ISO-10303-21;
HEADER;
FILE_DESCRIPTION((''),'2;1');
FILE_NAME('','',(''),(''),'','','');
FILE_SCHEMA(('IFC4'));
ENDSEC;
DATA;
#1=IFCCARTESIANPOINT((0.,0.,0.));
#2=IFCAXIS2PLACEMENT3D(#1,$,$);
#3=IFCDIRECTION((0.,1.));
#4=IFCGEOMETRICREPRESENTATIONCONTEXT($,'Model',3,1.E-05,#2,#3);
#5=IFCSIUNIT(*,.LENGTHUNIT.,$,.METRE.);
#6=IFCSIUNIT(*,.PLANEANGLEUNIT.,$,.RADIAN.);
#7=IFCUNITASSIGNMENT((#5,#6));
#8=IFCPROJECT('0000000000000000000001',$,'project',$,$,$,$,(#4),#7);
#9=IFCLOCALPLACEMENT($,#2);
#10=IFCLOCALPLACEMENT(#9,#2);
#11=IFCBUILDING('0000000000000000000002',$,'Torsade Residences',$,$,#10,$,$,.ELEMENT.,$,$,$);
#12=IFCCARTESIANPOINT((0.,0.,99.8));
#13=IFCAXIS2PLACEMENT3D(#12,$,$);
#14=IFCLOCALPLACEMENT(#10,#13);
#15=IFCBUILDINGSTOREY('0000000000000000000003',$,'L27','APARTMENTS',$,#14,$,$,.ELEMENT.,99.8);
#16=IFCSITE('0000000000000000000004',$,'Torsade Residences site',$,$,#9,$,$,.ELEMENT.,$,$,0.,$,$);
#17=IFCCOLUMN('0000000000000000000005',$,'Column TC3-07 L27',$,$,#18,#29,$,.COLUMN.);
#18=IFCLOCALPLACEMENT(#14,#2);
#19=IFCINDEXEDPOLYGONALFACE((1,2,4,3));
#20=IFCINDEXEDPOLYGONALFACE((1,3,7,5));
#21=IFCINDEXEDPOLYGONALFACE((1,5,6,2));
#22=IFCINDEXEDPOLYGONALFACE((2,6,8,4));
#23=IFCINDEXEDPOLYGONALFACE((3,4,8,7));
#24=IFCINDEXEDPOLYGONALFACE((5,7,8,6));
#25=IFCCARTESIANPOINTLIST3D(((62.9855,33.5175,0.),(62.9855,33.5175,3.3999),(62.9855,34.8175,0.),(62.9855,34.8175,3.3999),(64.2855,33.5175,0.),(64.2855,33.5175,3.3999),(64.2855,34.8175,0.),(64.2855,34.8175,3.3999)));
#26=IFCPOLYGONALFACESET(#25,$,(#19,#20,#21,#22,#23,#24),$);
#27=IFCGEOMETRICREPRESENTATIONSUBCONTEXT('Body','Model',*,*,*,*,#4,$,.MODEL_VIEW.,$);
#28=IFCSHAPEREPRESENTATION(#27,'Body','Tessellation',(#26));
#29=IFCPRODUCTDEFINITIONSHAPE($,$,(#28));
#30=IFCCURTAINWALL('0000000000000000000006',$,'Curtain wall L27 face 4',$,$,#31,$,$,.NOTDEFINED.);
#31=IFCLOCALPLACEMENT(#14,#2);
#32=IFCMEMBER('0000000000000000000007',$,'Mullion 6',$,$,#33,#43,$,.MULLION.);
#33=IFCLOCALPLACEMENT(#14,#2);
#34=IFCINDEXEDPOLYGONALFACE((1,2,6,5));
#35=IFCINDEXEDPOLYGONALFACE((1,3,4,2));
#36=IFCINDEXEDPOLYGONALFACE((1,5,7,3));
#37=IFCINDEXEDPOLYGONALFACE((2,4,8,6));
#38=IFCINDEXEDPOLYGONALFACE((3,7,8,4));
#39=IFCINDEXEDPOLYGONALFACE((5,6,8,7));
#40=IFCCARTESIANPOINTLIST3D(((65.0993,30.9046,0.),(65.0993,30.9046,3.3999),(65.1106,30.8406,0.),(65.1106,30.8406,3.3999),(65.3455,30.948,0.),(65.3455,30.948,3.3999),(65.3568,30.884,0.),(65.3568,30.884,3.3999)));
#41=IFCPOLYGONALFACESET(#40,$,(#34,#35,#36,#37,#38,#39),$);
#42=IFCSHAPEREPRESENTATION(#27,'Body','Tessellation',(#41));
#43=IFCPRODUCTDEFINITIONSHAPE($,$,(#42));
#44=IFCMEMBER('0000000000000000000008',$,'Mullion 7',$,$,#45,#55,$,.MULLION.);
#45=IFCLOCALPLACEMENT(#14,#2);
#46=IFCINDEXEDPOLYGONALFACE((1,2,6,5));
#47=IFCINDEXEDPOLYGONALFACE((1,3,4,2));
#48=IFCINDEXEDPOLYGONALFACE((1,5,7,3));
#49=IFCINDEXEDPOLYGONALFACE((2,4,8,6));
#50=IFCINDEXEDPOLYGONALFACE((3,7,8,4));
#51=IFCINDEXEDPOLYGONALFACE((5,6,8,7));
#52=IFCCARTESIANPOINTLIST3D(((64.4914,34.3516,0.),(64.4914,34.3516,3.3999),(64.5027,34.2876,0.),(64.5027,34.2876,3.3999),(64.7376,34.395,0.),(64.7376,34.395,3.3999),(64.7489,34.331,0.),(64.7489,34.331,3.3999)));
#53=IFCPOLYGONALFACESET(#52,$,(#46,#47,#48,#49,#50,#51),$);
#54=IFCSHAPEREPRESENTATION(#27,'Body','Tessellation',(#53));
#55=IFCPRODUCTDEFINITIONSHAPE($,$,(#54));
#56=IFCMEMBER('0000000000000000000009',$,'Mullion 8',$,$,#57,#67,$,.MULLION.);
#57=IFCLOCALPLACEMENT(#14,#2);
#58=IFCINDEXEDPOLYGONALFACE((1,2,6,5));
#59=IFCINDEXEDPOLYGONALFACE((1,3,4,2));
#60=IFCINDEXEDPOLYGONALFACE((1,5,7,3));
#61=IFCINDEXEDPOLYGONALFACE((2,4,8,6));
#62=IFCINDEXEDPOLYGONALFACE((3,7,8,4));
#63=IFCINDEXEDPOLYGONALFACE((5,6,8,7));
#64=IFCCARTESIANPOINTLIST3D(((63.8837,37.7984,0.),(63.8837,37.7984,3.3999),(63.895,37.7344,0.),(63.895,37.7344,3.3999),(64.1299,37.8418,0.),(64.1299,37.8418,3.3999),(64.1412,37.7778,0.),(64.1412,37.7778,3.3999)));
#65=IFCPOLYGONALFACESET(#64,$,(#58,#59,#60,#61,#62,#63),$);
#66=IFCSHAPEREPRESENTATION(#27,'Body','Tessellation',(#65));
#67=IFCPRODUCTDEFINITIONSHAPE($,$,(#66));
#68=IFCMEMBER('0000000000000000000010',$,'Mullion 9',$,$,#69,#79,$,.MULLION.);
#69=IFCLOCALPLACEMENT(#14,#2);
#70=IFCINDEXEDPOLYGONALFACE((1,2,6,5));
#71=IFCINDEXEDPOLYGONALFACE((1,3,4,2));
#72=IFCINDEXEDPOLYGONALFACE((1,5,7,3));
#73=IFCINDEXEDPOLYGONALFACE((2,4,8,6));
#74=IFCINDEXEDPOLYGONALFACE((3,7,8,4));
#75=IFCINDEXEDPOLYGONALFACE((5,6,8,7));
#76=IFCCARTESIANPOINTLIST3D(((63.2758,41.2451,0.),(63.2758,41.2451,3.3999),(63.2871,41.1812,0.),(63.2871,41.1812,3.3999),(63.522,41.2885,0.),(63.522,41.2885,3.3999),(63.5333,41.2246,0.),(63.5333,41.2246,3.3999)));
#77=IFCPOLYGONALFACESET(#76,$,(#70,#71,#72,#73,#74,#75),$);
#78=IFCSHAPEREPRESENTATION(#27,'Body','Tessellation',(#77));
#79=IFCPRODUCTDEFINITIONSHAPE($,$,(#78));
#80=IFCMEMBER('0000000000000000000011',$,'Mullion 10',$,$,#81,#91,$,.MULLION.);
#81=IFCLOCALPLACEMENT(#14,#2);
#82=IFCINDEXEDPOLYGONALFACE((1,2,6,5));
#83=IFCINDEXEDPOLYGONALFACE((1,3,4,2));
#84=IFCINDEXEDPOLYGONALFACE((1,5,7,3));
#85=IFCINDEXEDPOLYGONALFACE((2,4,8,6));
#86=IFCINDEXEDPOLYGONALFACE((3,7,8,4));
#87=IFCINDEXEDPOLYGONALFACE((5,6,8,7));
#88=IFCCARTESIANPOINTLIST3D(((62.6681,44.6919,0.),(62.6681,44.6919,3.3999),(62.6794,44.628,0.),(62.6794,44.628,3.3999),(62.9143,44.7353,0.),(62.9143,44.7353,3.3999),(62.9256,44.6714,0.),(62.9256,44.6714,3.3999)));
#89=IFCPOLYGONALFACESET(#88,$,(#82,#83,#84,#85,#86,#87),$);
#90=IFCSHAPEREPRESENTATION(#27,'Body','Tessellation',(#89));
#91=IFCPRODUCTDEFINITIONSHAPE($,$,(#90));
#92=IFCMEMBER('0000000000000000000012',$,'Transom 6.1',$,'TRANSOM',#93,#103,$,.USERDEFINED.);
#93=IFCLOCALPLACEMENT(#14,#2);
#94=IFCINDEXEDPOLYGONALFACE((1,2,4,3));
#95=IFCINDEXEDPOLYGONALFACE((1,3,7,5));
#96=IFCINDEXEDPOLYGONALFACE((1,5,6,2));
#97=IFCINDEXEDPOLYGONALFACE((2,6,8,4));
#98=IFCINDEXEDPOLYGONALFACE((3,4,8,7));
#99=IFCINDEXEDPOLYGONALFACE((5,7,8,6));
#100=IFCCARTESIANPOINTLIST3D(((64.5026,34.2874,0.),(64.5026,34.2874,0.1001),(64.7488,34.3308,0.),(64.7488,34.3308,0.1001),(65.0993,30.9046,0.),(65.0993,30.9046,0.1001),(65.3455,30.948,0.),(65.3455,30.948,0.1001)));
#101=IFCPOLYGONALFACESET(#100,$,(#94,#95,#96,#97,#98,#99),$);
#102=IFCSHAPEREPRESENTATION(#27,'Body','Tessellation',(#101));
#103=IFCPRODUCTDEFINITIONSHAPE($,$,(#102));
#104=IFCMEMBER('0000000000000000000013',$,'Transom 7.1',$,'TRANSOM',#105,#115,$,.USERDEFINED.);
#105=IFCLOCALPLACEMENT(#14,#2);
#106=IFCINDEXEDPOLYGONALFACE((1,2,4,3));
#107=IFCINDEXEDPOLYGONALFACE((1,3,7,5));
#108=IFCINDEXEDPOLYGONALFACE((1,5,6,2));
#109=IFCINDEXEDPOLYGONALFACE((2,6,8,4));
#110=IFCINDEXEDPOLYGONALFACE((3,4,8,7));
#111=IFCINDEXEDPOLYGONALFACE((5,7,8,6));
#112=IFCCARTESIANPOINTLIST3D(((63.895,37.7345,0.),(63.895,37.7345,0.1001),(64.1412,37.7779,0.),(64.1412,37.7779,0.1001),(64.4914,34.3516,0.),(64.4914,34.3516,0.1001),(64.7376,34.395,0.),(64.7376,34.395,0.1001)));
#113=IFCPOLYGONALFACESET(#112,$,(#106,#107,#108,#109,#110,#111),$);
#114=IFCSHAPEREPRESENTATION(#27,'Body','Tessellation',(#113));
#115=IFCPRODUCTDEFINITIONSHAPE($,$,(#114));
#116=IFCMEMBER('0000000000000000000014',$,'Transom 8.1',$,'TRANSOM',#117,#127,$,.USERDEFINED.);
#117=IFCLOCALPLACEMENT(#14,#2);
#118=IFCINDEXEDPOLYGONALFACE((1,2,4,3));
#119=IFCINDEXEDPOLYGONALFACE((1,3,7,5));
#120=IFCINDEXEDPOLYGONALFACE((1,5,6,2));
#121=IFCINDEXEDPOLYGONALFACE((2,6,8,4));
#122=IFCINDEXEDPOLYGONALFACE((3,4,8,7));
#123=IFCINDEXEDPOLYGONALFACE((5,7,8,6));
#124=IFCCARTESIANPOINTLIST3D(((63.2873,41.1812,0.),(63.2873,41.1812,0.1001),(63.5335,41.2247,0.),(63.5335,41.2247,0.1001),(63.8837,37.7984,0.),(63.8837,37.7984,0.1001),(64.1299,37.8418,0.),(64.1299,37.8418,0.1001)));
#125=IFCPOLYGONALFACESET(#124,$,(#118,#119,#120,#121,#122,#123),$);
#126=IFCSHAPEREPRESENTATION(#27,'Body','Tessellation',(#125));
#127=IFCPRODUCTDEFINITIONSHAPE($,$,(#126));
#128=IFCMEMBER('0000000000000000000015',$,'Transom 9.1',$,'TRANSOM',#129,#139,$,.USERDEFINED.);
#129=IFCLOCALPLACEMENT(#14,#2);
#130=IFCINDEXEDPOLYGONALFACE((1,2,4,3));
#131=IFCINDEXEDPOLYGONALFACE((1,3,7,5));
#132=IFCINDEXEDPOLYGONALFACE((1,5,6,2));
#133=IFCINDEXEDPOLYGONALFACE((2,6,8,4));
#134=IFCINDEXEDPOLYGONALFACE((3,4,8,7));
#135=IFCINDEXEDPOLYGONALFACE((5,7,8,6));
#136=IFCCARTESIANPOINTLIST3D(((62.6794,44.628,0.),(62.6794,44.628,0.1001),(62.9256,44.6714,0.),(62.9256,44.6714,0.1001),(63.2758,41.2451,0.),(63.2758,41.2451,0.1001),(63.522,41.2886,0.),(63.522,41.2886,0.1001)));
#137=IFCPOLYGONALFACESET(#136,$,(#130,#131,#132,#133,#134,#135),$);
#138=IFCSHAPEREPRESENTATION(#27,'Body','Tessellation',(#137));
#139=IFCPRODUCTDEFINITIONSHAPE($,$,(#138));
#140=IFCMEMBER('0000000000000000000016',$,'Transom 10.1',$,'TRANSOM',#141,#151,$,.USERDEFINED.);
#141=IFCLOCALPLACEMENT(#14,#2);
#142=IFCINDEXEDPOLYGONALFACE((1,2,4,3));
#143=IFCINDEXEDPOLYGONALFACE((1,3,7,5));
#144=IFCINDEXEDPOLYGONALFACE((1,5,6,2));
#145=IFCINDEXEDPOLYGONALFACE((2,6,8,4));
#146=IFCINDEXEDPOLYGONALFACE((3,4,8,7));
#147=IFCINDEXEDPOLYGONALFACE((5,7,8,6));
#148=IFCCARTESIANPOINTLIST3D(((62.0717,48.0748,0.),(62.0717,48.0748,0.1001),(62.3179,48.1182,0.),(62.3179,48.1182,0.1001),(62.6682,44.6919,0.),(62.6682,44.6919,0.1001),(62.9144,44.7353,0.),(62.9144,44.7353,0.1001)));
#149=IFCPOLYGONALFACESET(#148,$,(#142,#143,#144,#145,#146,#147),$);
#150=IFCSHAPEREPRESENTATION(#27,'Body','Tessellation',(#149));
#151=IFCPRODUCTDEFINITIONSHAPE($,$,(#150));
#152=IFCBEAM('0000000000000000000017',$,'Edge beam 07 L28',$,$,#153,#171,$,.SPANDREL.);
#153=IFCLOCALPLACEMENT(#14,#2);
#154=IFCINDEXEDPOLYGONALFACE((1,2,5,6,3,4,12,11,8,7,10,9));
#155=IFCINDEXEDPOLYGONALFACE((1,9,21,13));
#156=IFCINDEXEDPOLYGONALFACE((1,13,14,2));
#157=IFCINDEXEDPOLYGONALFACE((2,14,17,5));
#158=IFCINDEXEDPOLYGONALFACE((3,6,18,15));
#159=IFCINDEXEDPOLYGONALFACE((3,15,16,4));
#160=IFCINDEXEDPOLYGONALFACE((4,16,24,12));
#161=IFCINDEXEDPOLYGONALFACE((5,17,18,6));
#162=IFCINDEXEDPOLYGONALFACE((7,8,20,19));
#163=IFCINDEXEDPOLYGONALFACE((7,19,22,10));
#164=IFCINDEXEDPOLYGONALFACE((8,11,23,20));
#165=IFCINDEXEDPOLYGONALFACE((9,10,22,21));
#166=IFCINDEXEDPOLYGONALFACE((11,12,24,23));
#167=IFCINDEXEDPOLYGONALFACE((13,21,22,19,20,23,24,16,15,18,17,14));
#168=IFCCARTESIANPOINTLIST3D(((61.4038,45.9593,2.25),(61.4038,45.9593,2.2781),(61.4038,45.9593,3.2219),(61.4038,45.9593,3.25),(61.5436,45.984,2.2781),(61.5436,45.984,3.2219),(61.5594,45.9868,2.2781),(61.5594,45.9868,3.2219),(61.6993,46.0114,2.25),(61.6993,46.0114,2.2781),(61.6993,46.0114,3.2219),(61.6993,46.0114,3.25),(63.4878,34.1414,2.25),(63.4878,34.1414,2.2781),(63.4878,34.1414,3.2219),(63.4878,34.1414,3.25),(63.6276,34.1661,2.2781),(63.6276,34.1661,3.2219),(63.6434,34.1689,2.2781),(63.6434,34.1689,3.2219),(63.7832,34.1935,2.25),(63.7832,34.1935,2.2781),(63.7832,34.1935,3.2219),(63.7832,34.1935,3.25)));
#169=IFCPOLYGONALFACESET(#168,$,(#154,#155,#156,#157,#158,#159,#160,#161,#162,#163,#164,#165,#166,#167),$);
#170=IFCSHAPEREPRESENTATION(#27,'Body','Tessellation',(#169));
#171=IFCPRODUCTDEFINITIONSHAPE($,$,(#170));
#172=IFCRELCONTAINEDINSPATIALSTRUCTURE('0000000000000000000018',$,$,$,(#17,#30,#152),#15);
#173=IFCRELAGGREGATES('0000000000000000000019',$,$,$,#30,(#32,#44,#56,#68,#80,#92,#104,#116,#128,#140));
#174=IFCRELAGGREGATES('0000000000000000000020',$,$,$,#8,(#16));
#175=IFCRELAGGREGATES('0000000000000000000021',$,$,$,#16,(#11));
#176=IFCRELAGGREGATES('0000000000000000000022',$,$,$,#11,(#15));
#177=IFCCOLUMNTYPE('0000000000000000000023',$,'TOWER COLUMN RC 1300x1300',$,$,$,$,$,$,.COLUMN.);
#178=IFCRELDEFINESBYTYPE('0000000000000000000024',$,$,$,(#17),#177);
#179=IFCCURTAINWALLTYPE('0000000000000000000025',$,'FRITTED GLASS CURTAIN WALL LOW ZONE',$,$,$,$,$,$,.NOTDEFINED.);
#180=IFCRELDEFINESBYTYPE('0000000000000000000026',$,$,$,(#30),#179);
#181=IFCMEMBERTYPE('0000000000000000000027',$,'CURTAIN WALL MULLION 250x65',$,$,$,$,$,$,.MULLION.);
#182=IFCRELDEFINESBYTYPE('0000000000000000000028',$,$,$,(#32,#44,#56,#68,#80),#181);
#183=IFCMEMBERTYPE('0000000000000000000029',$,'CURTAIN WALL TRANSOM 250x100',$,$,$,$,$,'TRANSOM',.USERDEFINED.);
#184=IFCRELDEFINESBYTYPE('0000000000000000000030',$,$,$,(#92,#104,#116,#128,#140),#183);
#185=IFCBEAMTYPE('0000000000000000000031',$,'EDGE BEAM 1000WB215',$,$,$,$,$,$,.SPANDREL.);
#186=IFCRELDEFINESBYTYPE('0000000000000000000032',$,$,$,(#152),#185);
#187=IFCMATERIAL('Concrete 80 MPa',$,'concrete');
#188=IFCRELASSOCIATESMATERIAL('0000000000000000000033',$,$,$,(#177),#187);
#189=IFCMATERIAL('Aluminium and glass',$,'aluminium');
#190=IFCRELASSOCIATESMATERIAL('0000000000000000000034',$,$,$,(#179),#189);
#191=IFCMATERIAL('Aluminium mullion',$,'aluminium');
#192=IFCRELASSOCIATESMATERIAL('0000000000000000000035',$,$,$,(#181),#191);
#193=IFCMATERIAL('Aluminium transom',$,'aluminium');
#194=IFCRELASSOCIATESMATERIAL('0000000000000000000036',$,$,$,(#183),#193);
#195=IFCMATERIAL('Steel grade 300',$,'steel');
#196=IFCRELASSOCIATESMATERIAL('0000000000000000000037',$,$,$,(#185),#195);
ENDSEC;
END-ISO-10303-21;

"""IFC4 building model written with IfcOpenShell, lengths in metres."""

from ifc_helpers import new_model, si_unit, direction, frame, origin, origin_2d, place, context, subcontext, project, spatial, rectangle, i_section, extrude, material, material_profile, profile_set, type_object, element, aggregate, save


model = new_model("IFC4")

# Units and contexts
model_context = context("Model", 3, precision=1e-05, world=origin(), true_north=direction((0.0, 1.0)))
body_context = subcontext(model_context, "Body", "Model", "MODEL_VIEW")
ifc_project = project(units=[si_unit("LENGTHUNIT", "METRE"), si_unit("PLANEANGLEUNIT", "RADIAN")], contexts=[model_context])

# Site, building, storey
site_placement = place(None, origin())
site = spatial("IfcSite", under=ifc_project, at=site_placement, Name="Torsade Residences site", CompositionType="ELEMENT", RefElevation=0.0)
building_placement = place(site_placement, origin())
building = spatial("IfcBuilding", under=site, at=building_placement, Name="Torsade Residences", CompositionType="ELEMENT")
storey_placement = place(building_placement, frame((0.0, 0.0, 99.8)))
storey = spatial("IfcBuildingStorey", under=building, at=storey_placement, Name="L27", Description="APARTMENTS", CompositionType="ELEMENT", Elevation=99.8)

# Column
ifc_material_1 = material(Name="Concrete 80 MPa", Category="concrete")
ifc_material_profile_1 = material_profile(ifc_material_1, rectangle(XDim=1.3, YDim=1.3, at=origin_2d()), Name="RC 1300x1300")
ifc_profile_set_1 = profile_set([ifc_material_profile_1], Name="Concrete 80 MPa")
column_type = type_object("IfcColumnType", Name="TOWER COLUMN RC 1300x1300", PredefinedType="COLUMN", material=ifc_profile_set_1)
column_placement = place(storey_placement, frame((63.6355, 34.1675, 0.0), z_axis=(0.0, 0.0, 1.0), x_axis=(1.0, 0.0, 0.0)))
element("IfcColumn", 1, at=column_placement, inside=storey, type_object=column_type, Name="Column TC3-07 L27", PredefinedType="COLUMN", context=body_context, shape_type="SweptSolid", body=[
    extrude(rectangle(XDim=1.3, YDim=1.3, at=origin_2d()), origin(), (0.0, 0.0, 1.0), 3.3999),
])

# Curtain wall, members
ifc_material_2 = material(Name="Aluminium and glass", Category="aluminium")
curtain_wall_type = type_object("IfcCurtainWallType", Name="FRITTED GLASS CURTAIN WALL LOW ZONE", PredefinedType="NOTDEFINED", material=ifc_material_2)
curtain_wall_placement = place(storey_placement, origin())
curtain_wall = element("IfcCurtainWall", 2, at=curtain_wall_placement, inside=storey, type_object=curtain_wall_type, Name="Curtain wall L27 face 4", PredefinedType="NOTDEFINED")
ifc_material_3 = material(Name="Aluminium mullion", Category="aluminium")
ifc_material_profile_2 = material_profile(ifc_material_3, rectangle(XDim=0.25, YDim=0.0649, at=origin_2d()), Name="CURTAIN WALL MULLION 250x65")
ifc_profile_set_2 = profile_set([ifc_material_profile_2], Name="Aluminium mullion")
member_type_1 = type_object("IfcMemberType", Name="CURTAIN WALL MULLION 250x65", PredefinedType="MULLION", material=ifc_profile_set_2)
member_1_placement = place(storey_placement, frame((65.228, 30.8943, 0.0), z_axis=(0.0, 0.0, 1.0), x_axis=(-0.984808, -0.173648, 0.0)))
member_1 = element("IfcMember", 3, at=member_1_placement, type_object=member_type_1, Name="Mullion 6", PredefinedType="MULLION", context=body_context, shape_type="SweptSolid", body=[
    extrude(rectangle(XDim=0.25, YDim=0.0649, at=origin_2d()), origin(), (0.0, 0.0, 1.0), 3.3999),
])
member_2_placement = place(storey_placement, frame((64.6201, 34.3413, 0.0), z_axis=(0.0, 0.0, 1.0), x_axis=(-0.984808, -0.173648, 0.0)))
member_2 = element("IfcMember", 4, at=member_2_placement, type_object=member_type_1, Name="Mullion 7", PredefinedType="MULLION", context=body_context, shape_type="SweptSolid", body=[
    extrude(rectangle(XDim=0.25, YDim=0.0649, at=origin_2d()), origin(), (0.0, 0.0, 1.0), 3.3999),
])
member_3_placement = place(storey_placement, frame((64.0125, 37.7881, 0.0), z_axis=(0.0, 0.0, 1.0), x_axis=(-0.984808, -0.173648, 0.0)))
member_3 = element("IfcMember", 5, at=member_3_placement, type_object=member_type_1, Name="Mullion 8", PredefinedType="MULLION", context=body_context, shape_type="SweptSolid", body=[
    extrude(rectangle(XDim=0.25, YDim=0.0649, at=origin_2d()), origin(), (0.0, 0.0, 1.0), 3.3999),
])
member_4_placement = place(storey_placement, frame((63.4045, 41.2349, 0.0), z_axis=(0.0, 0.0, 1.0), x_axis=(-0.984808, -0.173648, 0.0)))
member_4 = element("IfcMember", 6, at=member_4_placement, type_object=member_type_1, Name="Mullion 9", PredefinedType="MULLION", context=body_context, shape_type="SweptSolid", body=[
    extrude(rectangle(XDim=0.25, YDim=0.0649, at=origin_2d()), origin(), (0.0, 0.0, 1.0), 3.3999),
])
member_5_placement = place(storey_placement, frame((62.7969, 44.6816, 0.0), z_axis=(0.0, 0.0, 1.0), x_axis=(-0.984808, -0.173648, 0.0)))
member_5 = element("IfcMember", 7, at=member_5_placement, type_object=member_type_1, Name="Mullion 10", PredefinedType="MULLION", context=body_context, shape_type="SweptSolid", body=[
    extrude(rectangle(XDim=0.25, YDim=0.0649, at=origin_2d()), origin(), (0.0, 0.0, 1.0), 3.3999),
])
ifc_material_4 = material(Name="Aluminium transom", Category="aluminium")
ifc_material_profile_3 = material_profile(ifc_material_4, rectangle(XDim=0.25, YDim=0.1001, at=origin_2d()), Name="CURTAIN WALL TRANSOM 250x100")
ifc_profile_set_3 = profile_set([ifc_material_profile_3], Name="Aluminium transom")
member_type_2 = type_object("IfcMemberType", Name="CURTAIN WALL TRANSOM 250x100", ElementType="TRANSOM", PredefinedType="USERDEFINED", material=ifc_profile_set_3)
member_6_placement = place(storey_placement, frame((65.2224, 30.9263, 0.05), z_axis=(-0.173704, 0.984798, 0.0), x_axis=(-0.984798, -0.173704, 0.0)))
member_6 = element("IfcMember", 8, at=member_6_placement, type_object=member_type_2, Name="Transom 6.1", ObjectType="TRANSOM", PredefinedType="USERDEFINED", context=body_context, shape_type="SweptSolid", body=[
    extrude(rectangle(XDim=0.25, YDim=0.1001, at=origin_2d()), origin(), (0.0, 0.0, 1.0), 3.4351),
])
member_7_placement = place(storey_placement, frame((64.6145, 34.3733, 0.05), z_axis=(-0.173635, 0.98481, 0.0), x_axis=(-0.98481, -0.173635, 0.0)))
member_7 = element("IfcMember", 9, at=member_7_placement, type_object=member_type_2, Name="Transom 7.1", ObjectType="TRANSOM", PredefinedType="USERDEFINED", context=body_context, shape_type="SweptSolid", body=[
    extrude(rectangle(XDim=0.25, YDim=0.1001, at=origin_2d()), origin(), (0.0, 0.0, 1.0), 3.4351),
])
member_8_placement = place(storey_placement, frame((64.0068, 37.8201, 0.05), z_axis=(-0.173635, 0.98481, 0.0), x_axis=(-0.98481, -0.173635, 0.0)))
member_8 = element("IfcMember", 10, at=member_8_placement, type_object=member_type_2, Name="Transom 8.1", ObjectType="TRANSOM", PredefinedType="USERDEFINED", context=body_context, shape_type="SweptSolid", body=[
    extrude(rectangle(XDim=0.25, YDim=0.1001, at=origin_2d()), origin(), (0.0, 0.0, 1.0), 3.4351),
])
member_9_placement = place(storey_placement, frame((63.3989, 41.2668, 0.05), z_axis=(-0.173635, 0.98481, 0.0), x_axis=(-0.98481, -0.173635, 0.0)))
member_9 = element("IfcMember", 11, at=member_9_placement, type_object=member_type_2, Name="Transom 9.1", ObjectType="TRANSOM", PredefinedType="USERDEFINED", context=body_context, shape_type="SweptSolid", body=[
    extrude(rectangle(XDim=0.25, YDim=0.1001, at=origin_2d()), origin(), (0.0, 0.0, 1.0), 3.4351),
])
member_10_placement = place(storey_placement, frame((62.7913, 44.7136, 0.05), z_axis=(-0.173635, 0.98481, 0.0), x_axis=(-0.98481, -0.173635, 0.0)))
member_10 = element("IfcMember", 12, at=member_10_placement, type_object=member_type_2, Name="Transom 10.1", ObjectType="TRANSOM", PredefinedType="USERDEFINED", context=body_context, shape_type="SweptSolid", body=[
    extrude(rectangle(XDim=0.25, YDim=0.1001, at=origin_2d()), origin(), (0.0, 0.0, 1.0), 3.4351),
])

# Beam
ifc_material_5 = material(Name="Steel grade 300", Category="steel")
ifc_material_profile_4 = material_profile(ifc_material_5, i_section(OverallWidth=0.3, OverallDepth=1.0, WebThickness=0.0161, FlangeThickness=0.0281, at=origin_2d()), Name="1000WB215")
ifc_profile_set_4 = profile_set([ifc_material_profile_4], Name="Steel grade 300")
beam_type_1 = type_object("IfcBeamType", Name="EDGE BEAM 1000WB215", PredefinedType="SPANDREL", material=ifc_profile_set_4)
beam_1_placement = place(storey_placement, frame((63.6355, 34.1675, 2.75), z_axis=(-0.173662, 0.984805, 0.0), x_axis=(-0.984805, -0.173662, 0.0)))
element("IfcBeam", 13, at=beam_1_placement, inside=storey, type_object=beam_type_1, Name="Edge beam 07 L28", PredefinedType="SPANDREL", context=body_context, shape_type="SweptSolid", body=[
    extrude(i_section(OverallWidth=0.3, OverallDepth=1.0, WebThickness=0.0161, FlangeThickness=0.0281, at=origin_2d()), origin(), (0.0, 0.0, 1.0), 12.0002),
])

aggregate(curtain_wall, [member_1, member_2, member_3, member_4, member_5, member_6, member_7, member_8, member_9, member_10])

save(model, "model.ifc")
